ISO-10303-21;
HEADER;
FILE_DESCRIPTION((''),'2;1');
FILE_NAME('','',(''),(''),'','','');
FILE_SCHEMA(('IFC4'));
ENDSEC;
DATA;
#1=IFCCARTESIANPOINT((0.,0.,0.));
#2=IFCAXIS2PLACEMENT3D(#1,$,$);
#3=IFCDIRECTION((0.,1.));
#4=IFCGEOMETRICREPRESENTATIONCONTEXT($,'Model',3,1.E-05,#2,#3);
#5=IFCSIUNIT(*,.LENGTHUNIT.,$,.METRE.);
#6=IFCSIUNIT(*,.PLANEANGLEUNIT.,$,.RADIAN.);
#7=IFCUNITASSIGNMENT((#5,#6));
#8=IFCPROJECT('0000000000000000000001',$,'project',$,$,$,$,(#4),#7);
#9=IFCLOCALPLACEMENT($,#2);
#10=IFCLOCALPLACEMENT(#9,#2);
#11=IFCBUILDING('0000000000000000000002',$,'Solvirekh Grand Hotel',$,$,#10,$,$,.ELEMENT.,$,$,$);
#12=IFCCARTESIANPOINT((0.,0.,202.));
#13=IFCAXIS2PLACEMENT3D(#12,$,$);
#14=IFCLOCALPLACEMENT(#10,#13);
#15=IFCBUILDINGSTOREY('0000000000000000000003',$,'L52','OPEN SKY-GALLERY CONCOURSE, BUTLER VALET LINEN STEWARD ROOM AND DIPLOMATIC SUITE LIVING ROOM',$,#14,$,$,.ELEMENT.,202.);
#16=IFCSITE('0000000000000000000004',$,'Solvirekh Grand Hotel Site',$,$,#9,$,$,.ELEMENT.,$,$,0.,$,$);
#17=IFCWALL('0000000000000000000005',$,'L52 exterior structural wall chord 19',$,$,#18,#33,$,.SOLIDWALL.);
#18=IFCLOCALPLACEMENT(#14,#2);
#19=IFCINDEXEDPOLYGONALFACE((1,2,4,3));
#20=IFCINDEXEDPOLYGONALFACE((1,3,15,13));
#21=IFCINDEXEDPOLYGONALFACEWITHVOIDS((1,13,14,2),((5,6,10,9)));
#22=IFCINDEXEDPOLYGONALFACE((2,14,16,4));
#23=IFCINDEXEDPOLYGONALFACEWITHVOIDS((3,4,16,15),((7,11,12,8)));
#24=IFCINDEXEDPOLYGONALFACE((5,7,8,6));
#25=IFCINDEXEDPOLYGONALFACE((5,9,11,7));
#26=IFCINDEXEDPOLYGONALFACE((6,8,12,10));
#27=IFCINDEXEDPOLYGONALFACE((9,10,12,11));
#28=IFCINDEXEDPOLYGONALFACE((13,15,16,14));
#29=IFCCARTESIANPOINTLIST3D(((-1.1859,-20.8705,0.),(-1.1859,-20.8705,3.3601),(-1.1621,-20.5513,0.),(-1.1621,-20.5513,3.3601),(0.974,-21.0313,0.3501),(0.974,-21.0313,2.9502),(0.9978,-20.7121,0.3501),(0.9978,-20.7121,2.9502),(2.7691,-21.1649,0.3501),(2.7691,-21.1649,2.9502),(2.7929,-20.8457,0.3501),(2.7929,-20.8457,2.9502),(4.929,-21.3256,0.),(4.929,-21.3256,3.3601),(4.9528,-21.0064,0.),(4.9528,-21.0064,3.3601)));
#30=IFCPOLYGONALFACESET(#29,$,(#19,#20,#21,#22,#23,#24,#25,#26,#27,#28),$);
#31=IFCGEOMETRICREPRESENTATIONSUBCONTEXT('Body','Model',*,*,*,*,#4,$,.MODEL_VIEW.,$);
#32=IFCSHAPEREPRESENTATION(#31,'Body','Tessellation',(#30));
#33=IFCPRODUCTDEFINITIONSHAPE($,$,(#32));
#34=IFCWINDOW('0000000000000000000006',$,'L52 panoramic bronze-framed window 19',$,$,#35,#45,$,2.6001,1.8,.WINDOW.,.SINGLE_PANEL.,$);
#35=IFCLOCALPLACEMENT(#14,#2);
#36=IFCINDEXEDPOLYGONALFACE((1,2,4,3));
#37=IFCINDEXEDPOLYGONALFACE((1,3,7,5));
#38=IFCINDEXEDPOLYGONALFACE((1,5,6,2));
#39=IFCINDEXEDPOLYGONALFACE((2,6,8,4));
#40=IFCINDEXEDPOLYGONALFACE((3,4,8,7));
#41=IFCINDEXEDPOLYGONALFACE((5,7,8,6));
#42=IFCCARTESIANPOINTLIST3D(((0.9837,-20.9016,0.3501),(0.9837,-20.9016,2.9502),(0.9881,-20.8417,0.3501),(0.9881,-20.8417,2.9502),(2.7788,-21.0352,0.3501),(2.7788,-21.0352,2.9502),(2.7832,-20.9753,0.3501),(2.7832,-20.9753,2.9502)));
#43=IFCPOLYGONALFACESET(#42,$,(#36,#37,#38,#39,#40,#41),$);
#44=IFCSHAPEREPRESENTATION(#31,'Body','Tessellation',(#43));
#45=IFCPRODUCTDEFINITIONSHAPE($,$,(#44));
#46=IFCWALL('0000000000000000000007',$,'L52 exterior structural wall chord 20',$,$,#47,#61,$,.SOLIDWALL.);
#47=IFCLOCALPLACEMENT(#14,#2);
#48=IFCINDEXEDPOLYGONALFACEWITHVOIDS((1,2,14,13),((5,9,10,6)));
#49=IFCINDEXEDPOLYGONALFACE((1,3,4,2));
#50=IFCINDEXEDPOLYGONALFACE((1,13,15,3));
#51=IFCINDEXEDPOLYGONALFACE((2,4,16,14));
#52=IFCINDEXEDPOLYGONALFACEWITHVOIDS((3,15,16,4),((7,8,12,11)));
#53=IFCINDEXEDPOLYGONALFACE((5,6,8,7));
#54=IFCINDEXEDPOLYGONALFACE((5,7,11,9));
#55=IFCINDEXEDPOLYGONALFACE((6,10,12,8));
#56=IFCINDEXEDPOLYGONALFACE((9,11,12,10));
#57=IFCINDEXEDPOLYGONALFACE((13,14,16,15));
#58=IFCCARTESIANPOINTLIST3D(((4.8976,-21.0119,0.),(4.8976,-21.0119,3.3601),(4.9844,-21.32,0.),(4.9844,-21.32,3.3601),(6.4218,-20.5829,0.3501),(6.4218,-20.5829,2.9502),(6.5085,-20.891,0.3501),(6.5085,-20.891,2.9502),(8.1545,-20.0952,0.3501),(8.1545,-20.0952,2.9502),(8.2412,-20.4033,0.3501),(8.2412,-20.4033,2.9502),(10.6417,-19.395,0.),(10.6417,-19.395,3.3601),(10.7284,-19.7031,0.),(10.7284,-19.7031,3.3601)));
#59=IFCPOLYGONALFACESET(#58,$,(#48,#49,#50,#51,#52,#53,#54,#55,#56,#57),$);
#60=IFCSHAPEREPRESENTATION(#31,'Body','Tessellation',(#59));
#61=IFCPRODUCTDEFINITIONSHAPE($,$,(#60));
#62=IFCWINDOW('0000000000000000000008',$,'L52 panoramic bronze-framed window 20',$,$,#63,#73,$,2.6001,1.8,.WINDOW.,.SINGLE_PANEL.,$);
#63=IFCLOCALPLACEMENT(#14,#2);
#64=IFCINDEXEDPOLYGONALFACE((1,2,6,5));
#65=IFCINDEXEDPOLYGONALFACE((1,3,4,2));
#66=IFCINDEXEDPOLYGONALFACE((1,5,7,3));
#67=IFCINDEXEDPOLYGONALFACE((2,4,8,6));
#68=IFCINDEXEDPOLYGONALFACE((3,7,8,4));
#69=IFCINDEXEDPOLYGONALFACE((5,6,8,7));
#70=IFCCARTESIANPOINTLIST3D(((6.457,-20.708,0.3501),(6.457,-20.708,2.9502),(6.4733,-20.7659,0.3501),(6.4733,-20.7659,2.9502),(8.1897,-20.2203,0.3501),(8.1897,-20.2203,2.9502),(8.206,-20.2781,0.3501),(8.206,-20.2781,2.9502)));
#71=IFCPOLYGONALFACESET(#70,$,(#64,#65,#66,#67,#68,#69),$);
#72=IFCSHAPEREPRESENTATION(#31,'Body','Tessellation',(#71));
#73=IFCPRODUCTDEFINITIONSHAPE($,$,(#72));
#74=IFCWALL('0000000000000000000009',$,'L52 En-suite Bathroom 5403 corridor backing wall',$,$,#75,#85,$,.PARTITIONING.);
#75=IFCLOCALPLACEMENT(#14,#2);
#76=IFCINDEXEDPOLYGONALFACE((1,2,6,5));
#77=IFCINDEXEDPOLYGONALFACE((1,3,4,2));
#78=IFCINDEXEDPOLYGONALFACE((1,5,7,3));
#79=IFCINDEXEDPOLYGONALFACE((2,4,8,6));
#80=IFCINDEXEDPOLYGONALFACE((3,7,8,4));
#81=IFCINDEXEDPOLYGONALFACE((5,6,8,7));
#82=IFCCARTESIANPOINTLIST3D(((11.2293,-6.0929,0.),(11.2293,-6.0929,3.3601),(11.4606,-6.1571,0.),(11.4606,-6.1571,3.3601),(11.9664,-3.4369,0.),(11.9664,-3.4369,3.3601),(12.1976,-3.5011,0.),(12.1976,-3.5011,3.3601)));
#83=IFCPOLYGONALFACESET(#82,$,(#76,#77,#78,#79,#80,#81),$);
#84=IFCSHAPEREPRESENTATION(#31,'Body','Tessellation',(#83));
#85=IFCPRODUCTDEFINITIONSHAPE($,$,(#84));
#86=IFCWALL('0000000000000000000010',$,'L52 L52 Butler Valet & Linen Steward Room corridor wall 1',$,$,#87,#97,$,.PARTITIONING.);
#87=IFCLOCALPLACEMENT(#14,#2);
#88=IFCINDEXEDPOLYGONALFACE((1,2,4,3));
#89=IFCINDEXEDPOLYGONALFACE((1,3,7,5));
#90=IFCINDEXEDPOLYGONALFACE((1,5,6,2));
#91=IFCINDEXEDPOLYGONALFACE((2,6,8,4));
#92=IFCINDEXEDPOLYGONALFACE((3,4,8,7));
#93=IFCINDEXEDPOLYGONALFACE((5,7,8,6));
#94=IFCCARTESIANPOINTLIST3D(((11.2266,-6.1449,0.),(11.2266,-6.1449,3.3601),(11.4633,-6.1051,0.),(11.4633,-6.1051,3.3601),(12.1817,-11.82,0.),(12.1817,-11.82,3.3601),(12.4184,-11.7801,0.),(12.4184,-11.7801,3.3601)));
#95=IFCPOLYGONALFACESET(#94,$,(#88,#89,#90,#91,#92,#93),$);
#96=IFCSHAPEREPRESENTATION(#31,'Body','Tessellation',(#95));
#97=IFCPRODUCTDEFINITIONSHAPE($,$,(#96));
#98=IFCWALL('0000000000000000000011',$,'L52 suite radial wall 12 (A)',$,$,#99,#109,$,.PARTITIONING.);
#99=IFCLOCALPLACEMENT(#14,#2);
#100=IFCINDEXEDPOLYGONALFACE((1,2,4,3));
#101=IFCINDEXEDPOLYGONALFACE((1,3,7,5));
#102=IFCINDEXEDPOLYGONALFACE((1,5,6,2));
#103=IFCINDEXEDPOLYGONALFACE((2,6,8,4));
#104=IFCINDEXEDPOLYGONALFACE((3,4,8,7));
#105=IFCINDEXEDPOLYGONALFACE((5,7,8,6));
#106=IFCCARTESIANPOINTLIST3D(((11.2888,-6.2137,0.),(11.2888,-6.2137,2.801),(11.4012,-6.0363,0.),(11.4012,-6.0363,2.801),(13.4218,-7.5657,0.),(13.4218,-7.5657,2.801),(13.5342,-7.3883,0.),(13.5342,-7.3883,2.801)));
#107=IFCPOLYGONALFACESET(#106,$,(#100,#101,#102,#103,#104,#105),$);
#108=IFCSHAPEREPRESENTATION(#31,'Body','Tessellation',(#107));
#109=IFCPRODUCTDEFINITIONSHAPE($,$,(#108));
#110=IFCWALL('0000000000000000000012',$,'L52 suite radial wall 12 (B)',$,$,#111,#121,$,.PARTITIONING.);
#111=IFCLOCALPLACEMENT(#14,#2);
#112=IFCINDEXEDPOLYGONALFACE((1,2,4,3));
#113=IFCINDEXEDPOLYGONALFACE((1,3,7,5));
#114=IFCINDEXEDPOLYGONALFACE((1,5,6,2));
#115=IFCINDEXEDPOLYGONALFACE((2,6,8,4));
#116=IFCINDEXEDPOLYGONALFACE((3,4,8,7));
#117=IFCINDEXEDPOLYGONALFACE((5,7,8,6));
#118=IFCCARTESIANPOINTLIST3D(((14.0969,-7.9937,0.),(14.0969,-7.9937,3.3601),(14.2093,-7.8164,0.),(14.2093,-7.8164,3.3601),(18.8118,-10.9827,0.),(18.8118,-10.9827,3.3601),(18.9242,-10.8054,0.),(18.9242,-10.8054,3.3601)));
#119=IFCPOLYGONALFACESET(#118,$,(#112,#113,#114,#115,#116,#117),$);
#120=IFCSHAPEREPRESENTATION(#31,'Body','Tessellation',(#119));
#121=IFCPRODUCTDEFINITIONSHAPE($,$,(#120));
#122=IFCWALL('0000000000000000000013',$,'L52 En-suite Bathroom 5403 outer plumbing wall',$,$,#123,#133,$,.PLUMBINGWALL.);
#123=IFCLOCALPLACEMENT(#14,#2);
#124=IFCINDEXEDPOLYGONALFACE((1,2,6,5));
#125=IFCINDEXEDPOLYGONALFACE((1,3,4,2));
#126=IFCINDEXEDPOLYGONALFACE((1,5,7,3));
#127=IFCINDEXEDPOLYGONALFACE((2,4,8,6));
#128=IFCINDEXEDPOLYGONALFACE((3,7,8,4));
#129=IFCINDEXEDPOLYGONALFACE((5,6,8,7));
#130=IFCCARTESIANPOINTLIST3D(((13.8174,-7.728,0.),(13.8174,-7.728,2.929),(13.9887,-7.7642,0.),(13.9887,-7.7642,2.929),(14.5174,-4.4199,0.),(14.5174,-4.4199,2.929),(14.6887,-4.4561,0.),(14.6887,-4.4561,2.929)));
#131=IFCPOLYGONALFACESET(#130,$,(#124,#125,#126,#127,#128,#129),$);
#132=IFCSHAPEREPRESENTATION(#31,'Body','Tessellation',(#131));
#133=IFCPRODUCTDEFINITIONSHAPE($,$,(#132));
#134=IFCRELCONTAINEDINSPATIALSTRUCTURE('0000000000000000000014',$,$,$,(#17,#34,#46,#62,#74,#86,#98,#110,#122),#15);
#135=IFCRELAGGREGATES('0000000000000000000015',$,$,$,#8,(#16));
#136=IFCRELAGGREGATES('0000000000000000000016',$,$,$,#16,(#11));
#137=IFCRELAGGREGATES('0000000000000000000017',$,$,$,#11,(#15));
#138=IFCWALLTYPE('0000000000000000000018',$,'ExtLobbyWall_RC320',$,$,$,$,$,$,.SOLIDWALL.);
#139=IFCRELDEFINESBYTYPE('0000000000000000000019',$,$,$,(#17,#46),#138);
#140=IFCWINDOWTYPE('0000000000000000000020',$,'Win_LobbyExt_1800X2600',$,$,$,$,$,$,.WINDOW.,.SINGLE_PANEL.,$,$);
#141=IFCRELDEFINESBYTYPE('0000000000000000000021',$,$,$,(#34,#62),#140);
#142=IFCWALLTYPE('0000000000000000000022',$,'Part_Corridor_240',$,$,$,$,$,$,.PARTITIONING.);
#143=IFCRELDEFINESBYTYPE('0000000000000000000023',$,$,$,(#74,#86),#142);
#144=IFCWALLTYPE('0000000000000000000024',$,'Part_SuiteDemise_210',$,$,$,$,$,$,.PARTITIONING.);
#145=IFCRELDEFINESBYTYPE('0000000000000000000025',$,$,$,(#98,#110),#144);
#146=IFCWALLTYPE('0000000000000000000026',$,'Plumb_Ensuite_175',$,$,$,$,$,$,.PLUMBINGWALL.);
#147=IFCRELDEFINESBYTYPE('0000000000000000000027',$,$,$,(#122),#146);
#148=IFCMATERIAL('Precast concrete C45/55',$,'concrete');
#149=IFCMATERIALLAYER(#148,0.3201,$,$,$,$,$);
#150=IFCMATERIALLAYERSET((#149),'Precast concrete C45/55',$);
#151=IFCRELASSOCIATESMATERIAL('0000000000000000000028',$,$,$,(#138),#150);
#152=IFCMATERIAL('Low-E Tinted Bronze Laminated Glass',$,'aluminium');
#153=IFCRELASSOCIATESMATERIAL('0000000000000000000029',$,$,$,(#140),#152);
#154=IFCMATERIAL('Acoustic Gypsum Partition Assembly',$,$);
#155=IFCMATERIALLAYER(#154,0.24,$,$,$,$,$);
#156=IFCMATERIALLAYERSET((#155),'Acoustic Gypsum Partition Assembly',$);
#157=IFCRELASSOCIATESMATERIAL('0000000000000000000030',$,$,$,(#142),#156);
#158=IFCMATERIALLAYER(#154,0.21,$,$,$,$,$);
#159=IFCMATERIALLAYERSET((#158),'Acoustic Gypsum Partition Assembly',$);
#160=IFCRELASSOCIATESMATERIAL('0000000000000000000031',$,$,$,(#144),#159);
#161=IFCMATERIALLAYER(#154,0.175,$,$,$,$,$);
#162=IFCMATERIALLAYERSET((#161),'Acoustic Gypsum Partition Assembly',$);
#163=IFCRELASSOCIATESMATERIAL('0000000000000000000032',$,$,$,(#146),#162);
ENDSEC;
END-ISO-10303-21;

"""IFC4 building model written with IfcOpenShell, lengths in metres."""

from ifc_helpers import new_model, si_unit, direction, frame, frame_2d, origin, place, context, subcontext, project, spatial, rectangle, extrude, material, layer, layer_set, type_object, element, fill, save


model = new_model("IFC4")

# Units and contexts
model_context = context("Model", 3, precision=1e-05, world=origin(), true_north=direction((0.0, 1.0)))
body_context = subcontext(model_context, "Body", "Model", "MODEL_VIEW")
ifc_project = project(units=[si_unit("LENGTHUNIT", "METRE"), si_unit("PLANEANGLEUNIT", "RADIAN")], contexts=[model_context])

# Site, building, storey
site_placement = place(None, origin())
site = spatial("IfcSite", under=ifc_project, at=site_placement, Name="Solvirekh Grand Hotel Site", CompositionType="ELEMENT", RefElevation=0.0)
building_placement = place(site_placement, origin())
building = spatial("IfcBuilding", under=site, at=building_placement, Name="Solvirekh Grand Hotel", CompositionType="ELEMENT")
storey_placement = place(building_placement, frame((0.0, 0.0, 202.0)))
storey = spatial("IfcBuildingStorey", under=building, at=storey_placement, Name="L52", Description="OPEN SKY-GALLERY CONCOURSE, BUTLER VALET LINEN STEWARD ROOM AND DIPLOMATIC SUITE LIVING ROOM", CompositionType="ELEMENT", Elevation=202.0)

# Shared definitions
ifc_material_1 = material(Name="Low-E Tinted Bronze Laminated Glass", Category="aluminium")

# Walls, openings, windows
ifc_material_2 = material(Name="Precast concrete C45/55", Category="concrete")
ifc_layer_1 = layer(ifc_material_2, 0.3201)
ifc_layer_set_1 = layer_set([ifc_layer_1], Name="Precast concrete C45/55")
wall_type_1 = type_object("IfcWallType", Name="ExtLobbyWall_RC320", PredefinedType="SOLIDWALL", material=ifc_layer_set_1)
window_type = type_object("IfcWindowType", Name="Win_LobbyExt_1800X2600", PartitioningType="SINGLE_PANEL", PredefinedType="WINDOW", material=ifc_material_1)
wall_1_placement = place(storey_placement, frame((4.9409, -21.166, 0.0), z_axis=(0.0, 0.0, 1.0), x_axis=(-0.997242, 0.074215, 0.0)))
wall_1 = element("IfcWall", 1, at=wall_1_placement, inside=storey, type_object=wall_type_1, Name="L52 exterior structural wall chord 19", PredefinedType="SOLIDWALL", context=body_context, shape_type="SweptSolid", body=[
    extrude(rectangle(XDim=6.1318, YDim=0.3201, at=frame_2d((3.0659, 0.0))), origin(), (0.0, 0.0, 1.0), 3.3601),
])
opening_1_placement = place(wall_1_placement, frame((2.166, 0.0, 0.3501)))
opening_1 = element("IfcOpeningElement", 2, at=opening_1_placement, cuts=wall_1, PredefinedType="OPENING", context=body_context, shape_type="SweptSolid", body=[
    extrude(rectangle(XDim=1.8, YDim=2.6001, at=frame_2d((0.8999, 1.3))), frame((0.0, 0.1699, 0.0), z_axis=(0.0, -1.0, 0.0), x_axis=(1.0, 0.0, 0.0)), (0.0, 0.0, 1.0), 0.3401),
])
window_1_placement = place(opening_1_placement, origin())
window_1 = element("IfcWindow", 3, at=window_1_placement, inside=storey, type_object=window_type, Name="L52 panoramic bronze-framed window 19", OverallHeight=2.6001, OverallWidth=1.8, PartitioningType="SINGLE_PANEL", PredefinedType="WINDOW", context=body_context, shape_type="SweptSolid", body=[
    extrude(rectangle(XDim=1.8, YDim=2.6001, at=frame_2d((0.8999, 1.3))), frame((0.0, 0.03, 0.0), z_axis=(0.0, -1.0, 0.0), x_axis=(1.0, 0.0, 0.0)), (0.0, 0.0, 1.0), 0.0601),
])
fill(opening_1, window_1)
wall_2_placement = place(storey_placement, frame((10.6851, -19.5491, 0.0), z_axis=(0.0, 0.0, 1.0), x_axis=(-0.96259, -0.270964, 0.0)))
wall_2 = element("IfcWall", 4, at=wall_2_placement, inside=storey, type_object=wall_type_1, Name="L52 exterior structural wall chord 20", PredefinedType="SOLIDWALL", context=body_context, shape_type="SweptSolid", body=[
    extrude(rectangle(XDim=5.9673, YDim=0.3201, at=frame_2d((2.9836, 0.0))), origin(), (0.0, 0.0, 1.0), 3.3601),
])
opening_2_placement = place(wall_2_placement, frame((2.584, 0.0, 0.3501)))
opening_2 = element("IfcOpeningElement", 5, at=opening_2_placement, cuts=wall_2, PredefinedType="OPENING", context=body_context, shape_type="SweptSolid", body=[
    extrude(rectangle(XDim=1.8, YDim=2.6001, at=frame_2d((0.8999, 1.3))), frame((0.0, 0.1699, 0.0), z_axis=(0.0, -1.0, 0.0), x_axis=(1.0, 0.0, 0.0)), (0.0, 0.0, 1.0), 0.3401),
])
window_2_placement = place(opening_2_placement, origin())
window_2 = element("IfcWindow", 6, at=window_2_placement, inside=storey, type_object=window_type, Name="L52 panoramic bronze-framed window 20", OverallHeight=2.6001, OverallWidth=1.8, PartitioningType="SINGLE_PANEL", PredefinedType="WINDOW", context=body_context, shape_type="SweptSolid", body=[
    extrude(rectangle(XDim=1.8, YDim=2.6001, at=frame_2d((0.8999, 1.3))), frame((0.0, 0.03, 0.0), z_axis=(0.0, -1.0, 0.0), x_axis=(1.0, 0.0, 0.0)), (0.0, 0.0, 1.0), 0.0601),
])
fill(opening_2, window_2)

# Walls
ifc_material_3 = material(Name="Acoustic Gypsum Partition Assembly")
ifc_layer_2 = layer(ifc_material_3, 0.24)
ifc_layer_set_2 = layer_set([ifc_layer_2], Name="Acoustic Gypsum Partition Assembly")
wall_type_2 = type_object("IfcWallType", Name="Part_Corridor_240", PredefinedType="PARTITIONING", material=ifc_layer_set_2)
wall_3_placement = place(storey_placement, frame((11.345, -6.125, 0.0), z_axis=(0.0, 0.0, 1.0), x_axis=(0.267402, 0.963585, 0.0)))
element("IfcWall", 7, at=wall_3_placement, inside=storey, type_object=wall_type_2, Name="L52 En-suite Bathroom 5403 corridor backing wall", PredefinedType="PARTITIONING", context=body_context, shape_type="SweptSolid", body=[
    extrude(rectangle(XDim=2.7563, YDim=0.24, at=frame_2d((1.3782, 0.0))), origin(), (0.0, 0.0, 1.0), 3.3601),
])
wall_4_placement = place(storey_placement, frame((12.3, -11.8, 0.0), z_axis=(0.0, 0.0, 1.0), x_axis=(-0.16596, 0.986132, 0.0)))
element("IfcWall", 8, at=wall_4_placement, inside=storey, type_object=wall_type_2, Name="L52 L52 Butler Valet & Linen Steward Room corridor wall 1", PredefinedType="PARTITIONING", context=body_context, shape_type="SweptSolid", body=[
    extrude(rectangle(XDim=5.7549, YDim=0.24, at=frame_2d((2.8774, 0.0))), origin(), (0.0, 0.0, 1.0), 3.3601),
])
ifc_layer_3 = layer(ifc_material_3, 0.21)
ifc_layer_set_3 = layer_set([ifc_layer_3], Name="Acoustic Gypsum Partition Assembly")
wall_type_3 = type_object("IfcWallType", Name="Part_SuiteDemise_210", PredefinedType="PARTITIONING", material=ifc_layer_set_3)
wall_5_placement = place(storey_placement, frame((11.345, -6.125, 0.0), z_axis=(0.0, 0.0, 1.0), x_axis=(0.844619, -0.535367, 0.0)))
element("IfcWall", 9, at=wall_5_placement, inside=storey, type_object=wall_type_3, Name="L52 suite radial wall 12 (A)", PredefinedType="PARTITIONING", context=body_context, shape_type="SweptSolid", body=[
    extrude(rectangle(XDim=2.5254, YDim=0.21, at=frame_2d((1.2627, 0.0))), origin(), (0.0, 0.0, 1.0), 2.801),
])
wall_6_placement = place(storey_placement, frame((14.1531, -7.905, 0.0), z_axis=(0.0, 0.0, 1.0), x_axis=(0.84458, -0.535429, 0.0)))
element("IfcWall", 10, at=wall_6_placement, inside=storey, type_object=wall_type_3, Name="L52 suite radial wall 12 (B)", PredefinedType="PARTITIONING", context=body_context, shape_type="SweptSolid", body=[
    extrude(rectangle(XDim=5.5825, YDim=0.21, at=frame_2d((2.7913, 0.0))), origin(), (0.0, 0.0, 1.0), 3.3601),
])
ifc_layer_4 = layer(ifc_material_3, 0.175)
ifc_layer_set_4 = layer_set([ifc_layer_4], Name="Acoustic Gypsum Partition Assembly")
wall_type_4 = type_object("IfcWallType", Name="Plumb_Ensuite_175", PredefinedType="PLUMBINGWALL", material=ifc_layer_set_4)
wall_7_placement = place(storey_placement, frame((13.9031, -7.7461, 0.0), z_axis=(0.0, 0.0, 1.0), x_axis=(0.207004, 0.97834, 0.0)))
element("IfcWall", 11, at=wall_7_placement, inside=storey, type_object=wall_type_4, Name="L52 En-suite Bathroom 5403 outer plumbing wall", PredefinedType="PLUMBINGWALL", context=body_context, shape_type="SweptSolid", body=[
    extrude(rectangle(XDim=3.3813, YDim=0.175, at=frame_2d((1.6907, 0.0))), origin(), (0.0, 0.0, 1.0), 2.929),
])

save(model, "model.ifc")
